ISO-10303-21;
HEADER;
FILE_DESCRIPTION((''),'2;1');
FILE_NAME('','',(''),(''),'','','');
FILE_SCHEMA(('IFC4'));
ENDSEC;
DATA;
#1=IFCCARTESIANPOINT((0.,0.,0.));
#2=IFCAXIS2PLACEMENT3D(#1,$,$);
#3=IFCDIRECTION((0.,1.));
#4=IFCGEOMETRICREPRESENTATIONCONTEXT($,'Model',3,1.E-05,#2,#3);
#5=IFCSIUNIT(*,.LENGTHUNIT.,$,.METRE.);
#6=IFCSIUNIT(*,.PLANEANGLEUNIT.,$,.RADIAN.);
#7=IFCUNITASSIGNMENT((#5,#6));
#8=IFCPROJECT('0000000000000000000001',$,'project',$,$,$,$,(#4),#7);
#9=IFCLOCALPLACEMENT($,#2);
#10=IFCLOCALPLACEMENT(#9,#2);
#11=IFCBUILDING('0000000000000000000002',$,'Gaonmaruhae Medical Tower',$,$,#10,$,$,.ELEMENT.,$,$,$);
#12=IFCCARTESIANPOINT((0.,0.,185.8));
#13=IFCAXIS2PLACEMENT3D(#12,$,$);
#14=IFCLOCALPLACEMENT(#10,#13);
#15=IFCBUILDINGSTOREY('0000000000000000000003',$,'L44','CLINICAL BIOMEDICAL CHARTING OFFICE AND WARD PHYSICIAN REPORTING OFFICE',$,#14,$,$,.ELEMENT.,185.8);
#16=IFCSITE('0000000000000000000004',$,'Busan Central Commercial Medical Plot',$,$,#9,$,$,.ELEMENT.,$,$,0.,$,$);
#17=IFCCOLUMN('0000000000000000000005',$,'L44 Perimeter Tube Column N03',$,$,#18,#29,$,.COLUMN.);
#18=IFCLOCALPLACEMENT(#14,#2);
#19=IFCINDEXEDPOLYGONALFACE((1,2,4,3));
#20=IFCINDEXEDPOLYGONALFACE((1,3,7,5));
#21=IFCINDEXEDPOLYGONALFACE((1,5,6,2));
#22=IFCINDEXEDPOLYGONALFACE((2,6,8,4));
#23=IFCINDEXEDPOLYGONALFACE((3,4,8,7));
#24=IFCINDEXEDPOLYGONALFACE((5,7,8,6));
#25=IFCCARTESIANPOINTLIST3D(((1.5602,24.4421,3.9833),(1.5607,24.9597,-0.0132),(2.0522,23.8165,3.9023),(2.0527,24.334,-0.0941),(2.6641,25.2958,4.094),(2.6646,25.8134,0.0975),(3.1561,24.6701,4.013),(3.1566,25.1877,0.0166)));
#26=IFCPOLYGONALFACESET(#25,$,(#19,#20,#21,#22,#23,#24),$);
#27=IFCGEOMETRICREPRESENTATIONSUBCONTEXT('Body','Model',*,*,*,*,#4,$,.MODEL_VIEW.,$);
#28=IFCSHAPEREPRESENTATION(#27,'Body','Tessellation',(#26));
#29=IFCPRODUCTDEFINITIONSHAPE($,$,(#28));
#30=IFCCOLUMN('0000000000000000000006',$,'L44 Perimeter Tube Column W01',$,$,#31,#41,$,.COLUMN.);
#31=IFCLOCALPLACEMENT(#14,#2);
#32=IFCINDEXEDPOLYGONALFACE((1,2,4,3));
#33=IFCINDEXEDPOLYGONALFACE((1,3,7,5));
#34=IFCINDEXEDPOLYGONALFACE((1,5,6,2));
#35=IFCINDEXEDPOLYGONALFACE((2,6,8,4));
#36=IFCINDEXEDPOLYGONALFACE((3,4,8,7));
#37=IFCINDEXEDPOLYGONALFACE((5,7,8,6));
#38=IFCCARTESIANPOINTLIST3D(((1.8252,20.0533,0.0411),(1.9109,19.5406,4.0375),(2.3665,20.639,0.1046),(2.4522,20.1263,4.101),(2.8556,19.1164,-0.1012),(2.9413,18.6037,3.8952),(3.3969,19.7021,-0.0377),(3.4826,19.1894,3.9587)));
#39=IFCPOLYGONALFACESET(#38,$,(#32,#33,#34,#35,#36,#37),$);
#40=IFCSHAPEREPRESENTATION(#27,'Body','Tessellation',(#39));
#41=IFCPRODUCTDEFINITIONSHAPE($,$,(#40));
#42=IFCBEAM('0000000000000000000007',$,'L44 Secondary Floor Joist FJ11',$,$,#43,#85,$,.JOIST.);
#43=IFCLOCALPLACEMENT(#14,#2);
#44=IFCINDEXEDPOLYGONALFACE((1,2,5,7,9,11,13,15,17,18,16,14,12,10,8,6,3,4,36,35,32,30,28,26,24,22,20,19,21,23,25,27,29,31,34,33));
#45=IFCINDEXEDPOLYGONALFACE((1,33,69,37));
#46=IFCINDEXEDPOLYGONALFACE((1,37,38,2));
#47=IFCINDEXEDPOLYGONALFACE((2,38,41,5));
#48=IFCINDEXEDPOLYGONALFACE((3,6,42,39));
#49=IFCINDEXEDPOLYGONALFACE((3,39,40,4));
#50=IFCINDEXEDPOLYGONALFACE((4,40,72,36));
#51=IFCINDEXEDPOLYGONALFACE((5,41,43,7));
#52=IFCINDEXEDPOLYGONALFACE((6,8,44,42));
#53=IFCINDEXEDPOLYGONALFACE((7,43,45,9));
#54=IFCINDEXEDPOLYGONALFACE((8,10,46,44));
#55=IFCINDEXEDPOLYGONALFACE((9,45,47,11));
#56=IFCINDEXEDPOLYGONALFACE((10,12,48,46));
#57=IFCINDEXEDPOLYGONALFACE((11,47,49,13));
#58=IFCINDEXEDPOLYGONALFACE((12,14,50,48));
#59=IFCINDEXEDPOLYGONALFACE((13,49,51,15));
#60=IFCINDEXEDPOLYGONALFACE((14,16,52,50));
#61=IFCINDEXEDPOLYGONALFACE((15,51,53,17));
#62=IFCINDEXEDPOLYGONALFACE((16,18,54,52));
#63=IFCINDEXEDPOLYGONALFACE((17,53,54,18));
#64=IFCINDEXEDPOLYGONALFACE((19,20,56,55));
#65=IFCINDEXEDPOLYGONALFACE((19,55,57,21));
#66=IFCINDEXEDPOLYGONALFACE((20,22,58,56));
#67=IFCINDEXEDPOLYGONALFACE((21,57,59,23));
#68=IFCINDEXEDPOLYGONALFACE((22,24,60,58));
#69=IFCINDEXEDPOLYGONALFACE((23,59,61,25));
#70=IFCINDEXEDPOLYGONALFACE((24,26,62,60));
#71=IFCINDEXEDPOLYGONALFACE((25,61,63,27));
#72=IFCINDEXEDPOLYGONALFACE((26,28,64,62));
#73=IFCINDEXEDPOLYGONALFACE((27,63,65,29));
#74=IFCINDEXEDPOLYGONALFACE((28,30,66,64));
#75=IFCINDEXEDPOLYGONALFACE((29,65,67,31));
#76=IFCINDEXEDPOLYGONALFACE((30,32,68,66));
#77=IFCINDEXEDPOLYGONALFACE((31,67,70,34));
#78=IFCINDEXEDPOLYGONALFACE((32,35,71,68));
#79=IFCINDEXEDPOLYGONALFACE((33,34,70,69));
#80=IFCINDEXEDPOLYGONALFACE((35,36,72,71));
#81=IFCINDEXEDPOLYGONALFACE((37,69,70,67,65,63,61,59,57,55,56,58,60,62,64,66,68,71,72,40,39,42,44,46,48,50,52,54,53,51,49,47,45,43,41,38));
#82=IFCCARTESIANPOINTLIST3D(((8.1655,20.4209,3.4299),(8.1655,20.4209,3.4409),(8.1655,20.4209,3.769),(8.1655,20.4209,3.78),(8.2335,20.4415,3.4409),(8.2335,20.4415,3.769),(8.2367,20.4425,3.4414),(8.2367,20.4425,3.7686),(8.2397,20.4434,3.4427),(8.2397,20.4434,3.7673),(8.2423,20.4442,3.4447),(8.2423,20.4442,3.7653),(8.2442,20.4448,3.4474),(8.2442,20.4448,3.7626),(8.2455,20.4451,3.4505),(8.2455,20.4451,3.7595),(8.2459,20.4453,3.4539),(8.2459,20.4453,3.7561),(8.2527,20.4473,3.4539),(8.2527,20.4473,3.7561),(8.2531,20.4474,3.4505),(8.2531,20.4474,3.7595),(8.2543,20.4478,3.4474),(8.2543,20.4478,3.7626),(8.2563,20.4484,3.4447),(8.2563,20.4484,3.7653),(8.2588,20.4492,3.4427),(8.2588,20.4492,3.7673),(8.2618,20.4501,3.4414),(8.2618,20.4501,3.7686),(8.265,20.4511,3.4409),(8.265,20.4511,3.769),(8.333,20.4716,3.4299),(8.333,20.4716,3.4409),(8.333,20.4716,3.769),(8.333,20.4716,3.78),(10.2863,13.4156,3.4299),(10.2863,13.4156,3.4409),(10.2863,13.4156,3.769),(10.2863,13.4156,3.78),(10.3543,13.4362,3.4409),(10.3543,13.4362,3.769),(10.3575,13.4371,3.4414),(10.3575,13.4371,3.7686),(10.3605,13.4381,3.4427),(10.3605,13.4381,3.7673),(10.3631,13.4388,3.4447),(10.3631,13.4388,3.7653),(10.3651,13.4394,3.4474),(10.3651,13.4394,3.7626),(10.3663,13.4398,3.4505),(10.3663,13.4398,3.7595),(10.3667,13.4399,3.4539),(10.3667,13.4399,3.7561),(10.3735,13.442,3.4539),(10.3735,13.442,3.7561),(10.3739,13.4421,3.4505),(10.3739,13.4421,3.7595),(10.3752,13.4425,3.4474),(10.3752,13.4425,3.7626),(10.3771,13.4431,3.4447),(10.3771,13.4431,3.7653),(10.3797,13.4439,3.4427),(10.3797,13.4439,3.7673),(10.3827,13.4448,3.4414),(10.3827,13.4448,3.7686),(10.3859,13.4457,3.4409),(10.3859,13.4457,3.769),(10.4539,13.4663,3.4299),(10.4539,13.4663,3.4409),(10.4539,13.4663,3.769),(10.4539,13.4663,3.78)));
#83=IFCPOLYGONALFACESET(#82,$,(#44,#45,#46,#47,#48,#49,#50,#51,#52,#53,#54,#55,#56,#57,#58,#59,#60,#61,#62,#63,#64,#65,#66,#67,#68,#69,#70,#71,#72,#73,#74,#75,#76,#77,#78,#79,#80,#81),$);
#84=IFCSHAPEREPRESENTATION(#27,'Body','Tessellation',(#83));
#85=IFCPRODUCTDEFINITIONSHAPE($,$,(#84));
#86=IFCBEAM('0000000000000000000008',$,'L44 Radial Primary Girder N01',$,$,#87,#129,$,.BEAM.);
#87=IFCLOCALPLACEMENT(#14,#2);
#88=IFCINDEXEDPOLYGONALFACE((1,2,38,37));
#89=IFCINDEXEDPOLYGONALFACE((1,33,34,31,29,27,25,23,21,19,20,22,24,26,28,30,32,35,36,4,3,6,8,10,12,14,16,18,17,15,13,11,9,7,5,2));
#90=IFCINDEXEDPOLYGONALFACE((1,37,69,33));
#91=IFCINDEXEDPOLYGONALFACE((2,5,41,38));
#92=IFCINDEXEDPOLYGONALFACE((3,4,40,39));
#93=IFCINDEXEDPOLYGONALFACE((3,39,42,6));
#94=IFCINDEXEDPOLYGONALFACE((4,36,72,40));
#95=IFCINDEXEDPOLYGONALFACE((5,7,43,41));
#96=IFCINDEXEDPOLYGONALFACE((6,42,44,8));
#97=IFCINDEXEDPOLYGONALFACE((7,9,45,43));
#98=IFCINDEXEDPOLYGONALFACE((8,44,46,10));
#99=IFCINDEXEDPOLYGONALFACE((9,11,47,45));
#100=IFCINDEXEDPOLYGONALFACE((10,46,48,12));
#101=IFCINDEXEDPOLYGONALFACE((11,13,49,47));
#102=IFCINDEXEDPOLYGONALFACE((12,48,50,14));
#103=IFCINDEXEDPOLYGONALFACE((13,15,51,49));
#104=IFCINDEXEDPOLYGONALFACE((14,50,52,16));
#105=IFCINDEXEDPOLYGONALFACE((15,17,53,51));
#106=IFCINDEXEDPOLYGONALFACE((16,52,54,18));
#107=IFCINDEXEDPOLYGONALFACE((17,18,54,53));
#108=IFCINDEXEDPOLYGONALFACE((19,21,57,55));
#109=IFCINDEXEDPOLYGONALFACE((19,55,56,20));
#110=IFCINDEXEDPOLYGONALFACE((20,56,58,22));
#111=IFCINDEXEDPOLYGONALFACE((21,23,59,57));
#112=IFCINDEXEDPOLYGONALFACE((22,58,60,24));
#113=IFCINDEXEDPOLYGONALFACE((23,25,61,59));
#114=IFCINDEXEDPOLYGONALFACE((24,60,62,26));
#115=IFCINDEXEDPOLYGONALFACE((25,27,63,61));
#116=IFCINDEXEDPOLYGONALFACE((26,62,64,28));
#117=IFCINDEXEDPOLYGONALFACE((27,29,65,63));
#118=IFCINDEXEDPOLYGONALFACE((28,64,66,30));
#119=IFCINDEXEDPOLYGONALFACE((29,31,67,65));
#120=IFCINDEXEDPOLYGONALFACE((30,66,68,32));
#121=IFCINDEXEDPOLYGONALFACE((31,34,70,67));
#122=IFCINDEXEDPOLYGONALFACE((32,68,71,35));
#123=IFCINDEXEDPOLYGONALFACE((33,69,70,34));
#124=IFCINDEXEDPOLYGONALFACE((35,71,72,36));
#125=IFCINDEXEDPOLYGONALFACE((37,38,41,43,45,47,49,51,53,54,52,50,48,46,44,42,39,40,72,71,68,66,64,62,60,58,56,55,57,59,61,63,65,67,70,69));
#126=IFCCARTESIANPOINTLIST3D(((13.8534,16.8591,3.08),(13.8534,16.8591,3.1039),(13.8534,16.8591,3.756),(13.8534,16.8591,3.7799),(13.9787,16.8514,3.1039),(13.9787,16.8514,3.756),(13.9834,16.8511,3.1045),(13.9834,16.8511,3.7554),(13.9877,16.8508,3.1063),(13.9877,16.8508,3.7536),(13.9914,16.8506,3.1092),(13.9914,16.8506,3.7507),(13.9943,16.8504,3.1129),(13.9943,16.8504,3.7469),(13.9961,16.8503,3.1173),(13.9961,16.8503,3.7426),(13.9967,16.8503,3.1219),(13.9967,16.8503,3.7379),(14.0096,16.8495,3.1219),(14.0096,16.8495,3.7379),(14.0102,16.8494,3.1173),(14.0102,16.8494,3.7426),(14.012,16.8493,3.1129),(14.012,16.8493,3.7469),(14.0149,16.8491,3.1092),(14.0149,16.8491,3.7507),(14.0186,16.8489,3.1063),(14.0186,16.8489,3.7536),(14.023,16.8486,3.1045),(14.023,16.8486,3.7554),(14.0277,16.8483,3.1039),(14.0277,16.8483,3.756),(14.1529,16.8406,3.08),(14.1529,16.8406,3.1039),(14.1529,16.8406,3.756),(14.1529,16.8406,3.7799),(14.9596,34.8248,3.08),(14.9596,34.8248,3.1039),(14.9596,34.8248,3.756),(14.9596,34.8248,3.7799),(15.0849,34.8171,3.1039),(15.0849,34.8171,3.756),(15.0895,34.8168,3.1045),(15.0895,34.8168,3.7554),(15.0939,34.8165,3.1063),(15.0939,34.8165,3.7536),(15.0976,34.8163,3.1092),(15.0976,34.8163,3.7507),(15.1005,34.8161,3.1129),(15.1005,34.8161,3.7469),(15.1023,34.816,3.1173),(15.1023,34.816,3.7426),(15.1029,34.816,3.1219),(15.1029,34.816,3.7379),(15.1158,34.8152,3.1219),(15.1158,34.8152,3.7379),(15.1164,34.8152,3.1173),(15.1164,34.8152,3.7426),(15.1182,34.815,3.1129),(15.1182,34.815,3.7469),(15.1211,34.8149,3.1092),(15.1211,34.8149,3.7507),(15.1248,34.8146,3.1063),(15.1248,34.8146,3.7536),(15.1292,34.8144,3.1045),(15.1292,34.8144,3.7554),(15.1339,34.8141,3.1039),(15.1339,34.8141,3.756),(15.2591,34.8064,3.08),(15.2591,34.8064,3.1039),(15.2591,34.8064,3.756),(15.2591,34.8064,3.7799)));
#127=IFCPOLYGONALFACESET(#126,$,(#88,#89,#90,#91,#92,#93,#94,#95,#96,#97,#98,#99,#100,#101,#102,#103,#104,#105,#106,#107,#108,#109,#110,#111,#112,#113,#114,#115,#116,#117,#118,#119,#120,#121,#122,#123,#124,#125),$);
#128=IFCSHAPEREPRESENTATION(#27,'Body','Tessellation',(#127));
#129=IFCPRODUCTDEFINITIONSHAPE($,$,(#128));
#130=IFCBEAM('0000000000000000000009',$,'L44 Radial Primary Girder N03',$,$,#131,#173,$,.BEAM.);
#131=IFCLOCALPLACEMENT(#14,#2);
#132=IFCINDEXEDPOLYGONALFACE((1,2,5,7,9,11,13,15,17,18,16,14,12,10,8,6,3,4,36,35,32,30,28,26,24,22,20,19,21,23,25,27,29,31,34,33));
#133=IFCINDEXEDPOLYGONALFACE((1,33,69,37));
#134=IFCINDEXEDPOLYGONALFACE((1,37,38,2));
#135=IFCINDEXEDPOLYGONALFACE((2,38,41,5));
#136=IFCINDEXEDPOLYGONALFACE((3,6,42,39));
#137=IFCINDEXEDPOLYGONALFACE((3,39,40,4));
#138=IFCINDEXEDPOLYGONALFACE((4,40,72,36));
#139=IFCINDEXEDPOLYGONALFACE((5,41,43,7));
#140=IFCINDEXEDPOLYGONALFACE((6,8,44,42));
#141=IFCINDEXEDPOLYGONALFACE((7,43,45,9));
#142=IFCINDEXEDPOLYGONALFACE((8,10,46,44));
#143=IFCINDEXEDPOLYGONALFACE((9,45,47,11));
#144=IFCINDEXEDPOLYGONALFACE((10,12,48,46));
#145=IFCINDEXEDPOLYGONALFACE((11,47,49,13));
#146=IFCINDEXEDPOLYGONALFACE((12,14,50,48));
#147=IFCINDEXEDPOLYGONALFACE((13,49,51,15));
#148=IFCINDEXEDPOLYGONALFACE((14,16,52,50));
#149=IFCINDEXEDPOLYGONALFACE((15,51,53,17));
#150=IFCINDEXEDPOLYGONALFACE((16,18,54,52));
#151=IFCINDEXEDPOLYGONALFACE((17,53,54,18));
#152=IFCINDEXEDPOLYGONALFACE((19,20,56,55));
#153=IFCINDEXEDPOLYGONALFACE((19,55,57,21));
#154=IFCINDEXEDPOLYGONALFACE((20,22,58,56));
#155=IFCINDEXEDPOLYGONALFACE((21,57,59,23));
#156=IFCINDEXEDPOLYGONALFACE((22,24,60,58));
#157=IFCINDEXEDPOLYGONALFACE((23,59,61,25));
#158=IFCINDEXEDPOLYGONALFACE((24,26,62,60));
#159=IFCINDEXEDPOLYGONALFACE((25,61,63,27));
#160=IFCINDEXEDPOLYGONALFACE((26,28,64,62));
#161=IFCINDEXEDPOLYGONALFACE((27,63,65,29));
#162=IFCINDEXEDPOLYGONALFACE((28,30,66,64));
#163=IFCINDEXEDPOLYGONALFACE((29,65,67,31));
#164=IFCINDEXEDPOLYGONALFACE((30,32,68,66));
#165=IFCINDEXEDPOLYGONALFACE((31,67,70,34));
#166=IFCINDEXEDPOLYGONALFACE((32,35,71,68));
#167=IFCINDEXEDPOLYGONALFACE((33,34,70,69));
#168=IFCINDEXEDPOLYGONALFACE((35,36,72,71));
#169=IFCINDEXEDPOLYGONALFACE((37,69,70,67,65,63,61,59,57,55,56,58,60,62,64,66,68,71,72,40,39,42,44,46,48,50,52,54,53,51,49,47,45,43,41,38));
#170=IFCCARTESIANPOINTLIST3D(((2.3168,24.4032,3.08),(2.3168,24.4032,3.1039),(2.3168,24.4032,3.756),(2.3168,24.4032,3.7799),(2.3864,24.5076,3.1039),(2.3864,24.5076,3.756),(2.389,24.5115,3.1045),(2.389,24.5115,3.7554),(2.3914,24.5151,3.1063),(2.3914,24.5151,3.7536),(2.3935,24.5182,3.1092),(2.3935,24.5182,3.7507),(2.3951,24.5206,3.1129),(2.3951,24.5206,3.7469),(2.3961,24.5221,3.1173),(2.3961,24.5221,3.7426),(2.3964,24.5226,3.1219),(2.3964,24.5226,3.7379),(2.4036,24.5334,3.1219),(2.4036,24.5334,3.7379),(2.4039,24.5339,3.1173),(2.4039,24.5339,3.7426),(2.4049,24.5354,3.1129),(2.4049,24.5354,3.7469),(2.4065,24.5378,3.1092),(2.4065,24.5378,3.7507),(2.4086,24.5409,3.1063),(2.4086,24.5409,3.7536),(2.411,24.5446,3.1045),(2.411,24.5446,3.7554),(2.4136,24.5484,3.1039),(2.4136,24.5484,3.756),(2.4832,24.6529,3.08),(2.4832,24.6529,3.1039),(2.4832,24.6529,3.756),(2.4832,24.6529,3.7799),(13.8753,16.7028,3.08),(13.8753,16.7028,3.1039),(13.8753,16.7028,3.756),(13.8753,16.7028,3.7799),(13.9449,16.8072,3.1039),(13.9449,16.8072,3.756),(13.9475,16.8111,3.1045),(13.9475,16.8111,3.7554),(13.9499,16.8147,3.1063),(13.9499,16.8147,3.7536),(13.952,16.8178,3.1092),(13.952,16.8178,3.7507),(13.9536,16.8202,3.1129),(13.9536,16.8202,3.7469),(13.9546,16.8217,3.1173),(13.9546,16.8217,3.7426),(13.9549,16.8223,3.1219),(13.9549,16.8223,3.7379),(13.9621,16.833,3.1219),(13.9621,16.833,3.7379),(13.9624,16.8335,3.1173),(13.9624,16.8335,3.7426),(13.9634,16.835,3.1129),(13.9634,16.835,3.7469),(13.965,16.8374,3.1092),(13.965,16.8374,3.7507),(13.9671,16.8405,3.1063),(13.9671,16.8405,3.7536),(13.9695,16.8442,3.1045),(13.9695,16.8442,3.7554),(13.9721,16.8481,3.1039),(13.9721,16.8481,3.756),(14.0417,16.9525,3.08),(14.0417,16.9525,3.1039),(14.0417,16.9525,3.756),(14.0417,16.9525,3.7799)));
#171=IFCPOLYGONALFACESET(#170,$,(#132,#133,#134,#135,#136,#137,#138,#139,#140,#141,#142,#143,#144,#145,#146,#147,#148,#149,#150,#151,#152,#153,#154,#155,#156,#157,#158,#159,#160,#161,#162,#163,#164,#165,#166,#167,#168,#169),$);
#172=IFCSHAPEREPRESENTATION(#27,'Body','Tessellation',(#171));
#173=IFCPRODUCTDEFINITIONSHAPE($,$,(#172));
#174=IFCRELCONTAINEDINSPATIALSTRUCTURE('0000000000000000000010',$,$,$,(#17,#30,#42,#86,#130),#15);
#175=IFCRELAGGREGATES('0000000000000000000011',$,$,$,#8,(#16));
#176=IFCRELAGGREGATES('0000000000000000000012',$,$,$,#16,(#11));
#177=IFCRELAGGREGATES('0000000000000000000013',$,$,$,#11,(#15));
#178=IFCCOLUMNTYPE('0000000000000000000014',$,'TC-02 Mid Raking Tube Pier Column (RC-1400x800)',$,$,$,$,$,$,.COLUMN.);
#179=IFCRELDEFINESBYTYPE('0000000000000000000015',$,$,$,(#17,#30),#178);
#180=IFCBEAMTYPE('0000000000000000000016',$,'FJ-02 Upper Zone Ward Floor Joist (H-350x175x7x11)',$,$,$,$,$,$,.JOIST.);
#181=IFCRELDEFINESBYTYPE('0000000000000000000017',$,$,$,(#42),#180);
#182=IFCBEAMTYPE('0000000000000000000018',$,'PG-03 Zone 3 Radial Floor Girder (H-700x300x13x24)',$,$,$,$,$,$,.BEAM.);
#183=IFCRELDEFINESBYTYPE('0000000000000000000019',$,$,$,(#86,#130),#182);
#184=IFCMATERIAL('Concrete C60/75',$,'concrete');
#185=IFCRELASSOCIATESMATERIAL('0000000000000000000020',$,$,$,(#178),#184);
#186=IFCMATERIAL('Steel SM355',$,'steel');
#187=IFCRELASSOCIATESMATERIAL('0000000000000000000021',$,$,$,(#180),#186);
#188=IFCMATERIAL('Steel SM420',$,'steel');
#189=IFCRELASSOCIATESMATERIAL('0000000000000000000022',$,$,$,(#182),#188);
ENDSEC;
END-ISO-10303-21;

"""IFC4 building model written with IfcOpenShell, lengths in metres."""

from ifc_helpers import new_model, si_unit, direction, frame, origin, origin_2d, place, context, subcontext, project, spatial, rectangle, i_section, extrude, material, material_profile, profile_set, type_object, element, save


model = new_model("IFC4")

# Units and contexts
model_context = context("Model", 3, precision=1e-05, world=origin(), true_north=direction((0.0, 1.0)))
body_context = subcontext(model_context, "Body", "Model", "MODEL_VIEW")
ifc_project = project(units=[si_unit("LENGTHUNIT", "METRE"), si_unit("PLANEANGLEUNIT", "RADIAN")], contexts=[model_context])

# Site, building, storey
site_placement = place(None, origin())
site = spatial("IfcSite", under=ifc_project, at=site_placement, Name="Busan Central Commercial Medical Plot", CompositionType="ELEMENT", RefElevation=0.0)
building_placement = place(site_placement, origin())
building = spatial("IfcBuilding", under=site, at=building_placement, Name="Gaonmaruhae Medical Tower", CompositionType="ELEMENT")
storey_placement = place(building_placement, frame((0.0, 0.0, 185.8)))
storey = spatial("IfcBuildingStorey", under=building, at=storey_placement, Name="L44", Description="CLINICAL BIOMEDICAL CHARTING OFFICE AND WARD PHYSICIAN REPORTING OFFICE", CompositionType="ELEMENT", Elevation=185.8)

# Columns
ifc_material_1 = material(Name="Concrete C60/75", Category="concrete")
ifc_material_profile_1 = material_profile(ifc_material_1, rectangle(XDim=1.3999, YDim=0.8, at=origin_2d()), Name="RC-1400x800")
ifc_profile_set_1 = profile_set([ifc_material_profile_1], Name="Concrete C60/75")
column_type = type_object("IfcColumnType", Name="TC-02 Mid Raking Tube Pier Column (RC-1400x800)", PredefinedType="COLUMN", material=ifc_profile_set_1)
column_1_placement = place(storey_placement, frame((2.3586, 25.0737, 0.0017), z_axis=(-0.000121, -0.12844, 0.991717), x_axis=(0.788586, 0.609818, 0.079076)))
element("IfcColumn", 1, at=column_1_placement, inside=storey, type_object=column_type, Name="L44 Perimeter Tube Column N03", PredefinedType="COLUMN", context=body_context, shape_type="SweptSolid", body=[
    extrude(rectangle(XDim=1.3999, YDim=0.8, at=origin_2d()), origin(), (0.0, 0.0, 1.0), 4.0298),
])
column_2_placement = place(storey_placement, frame((2.6111, 19.8777, 0.0017), z_axis=(0.021264, -0.12722, 0.991647), x_axis=(-0.736061, 0.669241, 0.101641)))
element("IfcColumn", 2, at=column_2_placement, inside=storey, type_object=column_type, Name="L44 Perimeter Tube Column W01", PredefinedType="COLUMN", context=body_context, shape_type="SweptSolid", body=[
    extrude(rectangle(XDim=1.3999, YDim=0.8, at=origin_2d()), origin(), (0.0, 0.0, 1.0), 4.03),
])

# Beams
ifc_material_2 = material(Name="Steel SM355", Category="steel")
ifc_material_profile_2 = material_profile(ifc_material_2, i_section(OverallWidth=0.175, OverallDepth=0.3501, WebThickness=0.0071, FlangeThickness=0.011, FilletRadius=0.0129, at=origin_2d()), Name="H-350x175x7x11")
ifc_profile_set_2 = profile_set([ifc_material_profile_2], Name="Steel SM355")
beam_type_1 = type_object("IfcBeamType", Name="FJ-02 Upper Zone Ward Floor Joist (H-350x175x7x11)", PredefinedType="JOIST", material=ifc_profile_set_2)
beam_1_placement = place(storey_placement, frame((8.2493, 20.4463, 3.605), z_axis=(0.289758, -0.9571, 0.0), x_axis=(0.9571, 0.289758, 0.0)))
element("IfcBeam", 3, at=beam_1_placement, inside=storey, type_object=beam_type_1, Name="L44 Secondary Floor Joist FJ11", PredefinedType="JOIST", context=body_context, shape_type="SweptSolid", body=[
    extrude(i_section(OverallWidth=0.175, OverallDepth=0.3501, WebThickness=0.0071, FlangeThickness=0.011, FilletRadius=0.0129, at=origin_2d()), origin(), (0.0, 0.0, 1.0), 7.3193),
])
ifc_material_3 = material(Name="Steel SM420", Category="steel")
ifc_material_profile_3 = material_profile(ifc_material_3, i_section(OverallWidth=0.3, OverallDepth=0.7, WebThickness=0.0129, FlangeThickness=0.0239, FilletRadius=0.0181, at=origin_2d()), Name="H-700x300x13x24")
ifc_profile_set_3 = profile_set([ifc_material_profile_3], Name="Steel SM420")
beam_type_2 = type_object("IfcBeamType", Name="PG-03 Zone 3 Radial Floor Girder (H-700x300x13x24)", PredefinedType="BEAM", material=ifc_profile_set_3)
beam_2_placement = place(storey_placement, frame((14.0032, 16.8499, 3.4299), z_axis=(0.061456, 0.99811, 0.0), x_axis=(-0.99811, 0.061456, 0.0)))
element("IfcBeam", 4, at=beam_2_placement, inside=storey, type_object=beam_type_2, Name="L44 Radial Primary Girder N01", PredefinedType="BEAM", context=body_context, shape_type="SweptSolid", body=[
    extrude(i_section(OverallWidth=0.3, OverallDepth=0.7, WebThickness=0.0129, FlangeThickness=0.0239, FilletRadius=0.0181, at=origin_2d()), origin(), (0.0, 0.0, 1.0), 17.9998),
])
beam_3_placement = place(storey_placement, frame((13.9585, 16.8276, 3.4299), z_axis=(-0.832226, 0.554436, 0.0), x_axis=(-0.554436, -0.832226, 0.0)))
element("IfcBeam", 5, at=beam_3_placement, inside=storey, type_object=beam_type_2, Name="L44 Radial Primary Girder N03", PredefinedType="BEAM", context=body_context, shape_type="SweptSolid", body=[
    extrude(i_section(OverallWidth=0.3, OverallDepth=0.7, WebThickness=0.0129, FlangeThickness=0.0239, FilletRadius=0.0181, at=origin_2d()), origin(), (0.0, 0.0, 1.0), 13.8887),
])

save(model, "model.ifc")
